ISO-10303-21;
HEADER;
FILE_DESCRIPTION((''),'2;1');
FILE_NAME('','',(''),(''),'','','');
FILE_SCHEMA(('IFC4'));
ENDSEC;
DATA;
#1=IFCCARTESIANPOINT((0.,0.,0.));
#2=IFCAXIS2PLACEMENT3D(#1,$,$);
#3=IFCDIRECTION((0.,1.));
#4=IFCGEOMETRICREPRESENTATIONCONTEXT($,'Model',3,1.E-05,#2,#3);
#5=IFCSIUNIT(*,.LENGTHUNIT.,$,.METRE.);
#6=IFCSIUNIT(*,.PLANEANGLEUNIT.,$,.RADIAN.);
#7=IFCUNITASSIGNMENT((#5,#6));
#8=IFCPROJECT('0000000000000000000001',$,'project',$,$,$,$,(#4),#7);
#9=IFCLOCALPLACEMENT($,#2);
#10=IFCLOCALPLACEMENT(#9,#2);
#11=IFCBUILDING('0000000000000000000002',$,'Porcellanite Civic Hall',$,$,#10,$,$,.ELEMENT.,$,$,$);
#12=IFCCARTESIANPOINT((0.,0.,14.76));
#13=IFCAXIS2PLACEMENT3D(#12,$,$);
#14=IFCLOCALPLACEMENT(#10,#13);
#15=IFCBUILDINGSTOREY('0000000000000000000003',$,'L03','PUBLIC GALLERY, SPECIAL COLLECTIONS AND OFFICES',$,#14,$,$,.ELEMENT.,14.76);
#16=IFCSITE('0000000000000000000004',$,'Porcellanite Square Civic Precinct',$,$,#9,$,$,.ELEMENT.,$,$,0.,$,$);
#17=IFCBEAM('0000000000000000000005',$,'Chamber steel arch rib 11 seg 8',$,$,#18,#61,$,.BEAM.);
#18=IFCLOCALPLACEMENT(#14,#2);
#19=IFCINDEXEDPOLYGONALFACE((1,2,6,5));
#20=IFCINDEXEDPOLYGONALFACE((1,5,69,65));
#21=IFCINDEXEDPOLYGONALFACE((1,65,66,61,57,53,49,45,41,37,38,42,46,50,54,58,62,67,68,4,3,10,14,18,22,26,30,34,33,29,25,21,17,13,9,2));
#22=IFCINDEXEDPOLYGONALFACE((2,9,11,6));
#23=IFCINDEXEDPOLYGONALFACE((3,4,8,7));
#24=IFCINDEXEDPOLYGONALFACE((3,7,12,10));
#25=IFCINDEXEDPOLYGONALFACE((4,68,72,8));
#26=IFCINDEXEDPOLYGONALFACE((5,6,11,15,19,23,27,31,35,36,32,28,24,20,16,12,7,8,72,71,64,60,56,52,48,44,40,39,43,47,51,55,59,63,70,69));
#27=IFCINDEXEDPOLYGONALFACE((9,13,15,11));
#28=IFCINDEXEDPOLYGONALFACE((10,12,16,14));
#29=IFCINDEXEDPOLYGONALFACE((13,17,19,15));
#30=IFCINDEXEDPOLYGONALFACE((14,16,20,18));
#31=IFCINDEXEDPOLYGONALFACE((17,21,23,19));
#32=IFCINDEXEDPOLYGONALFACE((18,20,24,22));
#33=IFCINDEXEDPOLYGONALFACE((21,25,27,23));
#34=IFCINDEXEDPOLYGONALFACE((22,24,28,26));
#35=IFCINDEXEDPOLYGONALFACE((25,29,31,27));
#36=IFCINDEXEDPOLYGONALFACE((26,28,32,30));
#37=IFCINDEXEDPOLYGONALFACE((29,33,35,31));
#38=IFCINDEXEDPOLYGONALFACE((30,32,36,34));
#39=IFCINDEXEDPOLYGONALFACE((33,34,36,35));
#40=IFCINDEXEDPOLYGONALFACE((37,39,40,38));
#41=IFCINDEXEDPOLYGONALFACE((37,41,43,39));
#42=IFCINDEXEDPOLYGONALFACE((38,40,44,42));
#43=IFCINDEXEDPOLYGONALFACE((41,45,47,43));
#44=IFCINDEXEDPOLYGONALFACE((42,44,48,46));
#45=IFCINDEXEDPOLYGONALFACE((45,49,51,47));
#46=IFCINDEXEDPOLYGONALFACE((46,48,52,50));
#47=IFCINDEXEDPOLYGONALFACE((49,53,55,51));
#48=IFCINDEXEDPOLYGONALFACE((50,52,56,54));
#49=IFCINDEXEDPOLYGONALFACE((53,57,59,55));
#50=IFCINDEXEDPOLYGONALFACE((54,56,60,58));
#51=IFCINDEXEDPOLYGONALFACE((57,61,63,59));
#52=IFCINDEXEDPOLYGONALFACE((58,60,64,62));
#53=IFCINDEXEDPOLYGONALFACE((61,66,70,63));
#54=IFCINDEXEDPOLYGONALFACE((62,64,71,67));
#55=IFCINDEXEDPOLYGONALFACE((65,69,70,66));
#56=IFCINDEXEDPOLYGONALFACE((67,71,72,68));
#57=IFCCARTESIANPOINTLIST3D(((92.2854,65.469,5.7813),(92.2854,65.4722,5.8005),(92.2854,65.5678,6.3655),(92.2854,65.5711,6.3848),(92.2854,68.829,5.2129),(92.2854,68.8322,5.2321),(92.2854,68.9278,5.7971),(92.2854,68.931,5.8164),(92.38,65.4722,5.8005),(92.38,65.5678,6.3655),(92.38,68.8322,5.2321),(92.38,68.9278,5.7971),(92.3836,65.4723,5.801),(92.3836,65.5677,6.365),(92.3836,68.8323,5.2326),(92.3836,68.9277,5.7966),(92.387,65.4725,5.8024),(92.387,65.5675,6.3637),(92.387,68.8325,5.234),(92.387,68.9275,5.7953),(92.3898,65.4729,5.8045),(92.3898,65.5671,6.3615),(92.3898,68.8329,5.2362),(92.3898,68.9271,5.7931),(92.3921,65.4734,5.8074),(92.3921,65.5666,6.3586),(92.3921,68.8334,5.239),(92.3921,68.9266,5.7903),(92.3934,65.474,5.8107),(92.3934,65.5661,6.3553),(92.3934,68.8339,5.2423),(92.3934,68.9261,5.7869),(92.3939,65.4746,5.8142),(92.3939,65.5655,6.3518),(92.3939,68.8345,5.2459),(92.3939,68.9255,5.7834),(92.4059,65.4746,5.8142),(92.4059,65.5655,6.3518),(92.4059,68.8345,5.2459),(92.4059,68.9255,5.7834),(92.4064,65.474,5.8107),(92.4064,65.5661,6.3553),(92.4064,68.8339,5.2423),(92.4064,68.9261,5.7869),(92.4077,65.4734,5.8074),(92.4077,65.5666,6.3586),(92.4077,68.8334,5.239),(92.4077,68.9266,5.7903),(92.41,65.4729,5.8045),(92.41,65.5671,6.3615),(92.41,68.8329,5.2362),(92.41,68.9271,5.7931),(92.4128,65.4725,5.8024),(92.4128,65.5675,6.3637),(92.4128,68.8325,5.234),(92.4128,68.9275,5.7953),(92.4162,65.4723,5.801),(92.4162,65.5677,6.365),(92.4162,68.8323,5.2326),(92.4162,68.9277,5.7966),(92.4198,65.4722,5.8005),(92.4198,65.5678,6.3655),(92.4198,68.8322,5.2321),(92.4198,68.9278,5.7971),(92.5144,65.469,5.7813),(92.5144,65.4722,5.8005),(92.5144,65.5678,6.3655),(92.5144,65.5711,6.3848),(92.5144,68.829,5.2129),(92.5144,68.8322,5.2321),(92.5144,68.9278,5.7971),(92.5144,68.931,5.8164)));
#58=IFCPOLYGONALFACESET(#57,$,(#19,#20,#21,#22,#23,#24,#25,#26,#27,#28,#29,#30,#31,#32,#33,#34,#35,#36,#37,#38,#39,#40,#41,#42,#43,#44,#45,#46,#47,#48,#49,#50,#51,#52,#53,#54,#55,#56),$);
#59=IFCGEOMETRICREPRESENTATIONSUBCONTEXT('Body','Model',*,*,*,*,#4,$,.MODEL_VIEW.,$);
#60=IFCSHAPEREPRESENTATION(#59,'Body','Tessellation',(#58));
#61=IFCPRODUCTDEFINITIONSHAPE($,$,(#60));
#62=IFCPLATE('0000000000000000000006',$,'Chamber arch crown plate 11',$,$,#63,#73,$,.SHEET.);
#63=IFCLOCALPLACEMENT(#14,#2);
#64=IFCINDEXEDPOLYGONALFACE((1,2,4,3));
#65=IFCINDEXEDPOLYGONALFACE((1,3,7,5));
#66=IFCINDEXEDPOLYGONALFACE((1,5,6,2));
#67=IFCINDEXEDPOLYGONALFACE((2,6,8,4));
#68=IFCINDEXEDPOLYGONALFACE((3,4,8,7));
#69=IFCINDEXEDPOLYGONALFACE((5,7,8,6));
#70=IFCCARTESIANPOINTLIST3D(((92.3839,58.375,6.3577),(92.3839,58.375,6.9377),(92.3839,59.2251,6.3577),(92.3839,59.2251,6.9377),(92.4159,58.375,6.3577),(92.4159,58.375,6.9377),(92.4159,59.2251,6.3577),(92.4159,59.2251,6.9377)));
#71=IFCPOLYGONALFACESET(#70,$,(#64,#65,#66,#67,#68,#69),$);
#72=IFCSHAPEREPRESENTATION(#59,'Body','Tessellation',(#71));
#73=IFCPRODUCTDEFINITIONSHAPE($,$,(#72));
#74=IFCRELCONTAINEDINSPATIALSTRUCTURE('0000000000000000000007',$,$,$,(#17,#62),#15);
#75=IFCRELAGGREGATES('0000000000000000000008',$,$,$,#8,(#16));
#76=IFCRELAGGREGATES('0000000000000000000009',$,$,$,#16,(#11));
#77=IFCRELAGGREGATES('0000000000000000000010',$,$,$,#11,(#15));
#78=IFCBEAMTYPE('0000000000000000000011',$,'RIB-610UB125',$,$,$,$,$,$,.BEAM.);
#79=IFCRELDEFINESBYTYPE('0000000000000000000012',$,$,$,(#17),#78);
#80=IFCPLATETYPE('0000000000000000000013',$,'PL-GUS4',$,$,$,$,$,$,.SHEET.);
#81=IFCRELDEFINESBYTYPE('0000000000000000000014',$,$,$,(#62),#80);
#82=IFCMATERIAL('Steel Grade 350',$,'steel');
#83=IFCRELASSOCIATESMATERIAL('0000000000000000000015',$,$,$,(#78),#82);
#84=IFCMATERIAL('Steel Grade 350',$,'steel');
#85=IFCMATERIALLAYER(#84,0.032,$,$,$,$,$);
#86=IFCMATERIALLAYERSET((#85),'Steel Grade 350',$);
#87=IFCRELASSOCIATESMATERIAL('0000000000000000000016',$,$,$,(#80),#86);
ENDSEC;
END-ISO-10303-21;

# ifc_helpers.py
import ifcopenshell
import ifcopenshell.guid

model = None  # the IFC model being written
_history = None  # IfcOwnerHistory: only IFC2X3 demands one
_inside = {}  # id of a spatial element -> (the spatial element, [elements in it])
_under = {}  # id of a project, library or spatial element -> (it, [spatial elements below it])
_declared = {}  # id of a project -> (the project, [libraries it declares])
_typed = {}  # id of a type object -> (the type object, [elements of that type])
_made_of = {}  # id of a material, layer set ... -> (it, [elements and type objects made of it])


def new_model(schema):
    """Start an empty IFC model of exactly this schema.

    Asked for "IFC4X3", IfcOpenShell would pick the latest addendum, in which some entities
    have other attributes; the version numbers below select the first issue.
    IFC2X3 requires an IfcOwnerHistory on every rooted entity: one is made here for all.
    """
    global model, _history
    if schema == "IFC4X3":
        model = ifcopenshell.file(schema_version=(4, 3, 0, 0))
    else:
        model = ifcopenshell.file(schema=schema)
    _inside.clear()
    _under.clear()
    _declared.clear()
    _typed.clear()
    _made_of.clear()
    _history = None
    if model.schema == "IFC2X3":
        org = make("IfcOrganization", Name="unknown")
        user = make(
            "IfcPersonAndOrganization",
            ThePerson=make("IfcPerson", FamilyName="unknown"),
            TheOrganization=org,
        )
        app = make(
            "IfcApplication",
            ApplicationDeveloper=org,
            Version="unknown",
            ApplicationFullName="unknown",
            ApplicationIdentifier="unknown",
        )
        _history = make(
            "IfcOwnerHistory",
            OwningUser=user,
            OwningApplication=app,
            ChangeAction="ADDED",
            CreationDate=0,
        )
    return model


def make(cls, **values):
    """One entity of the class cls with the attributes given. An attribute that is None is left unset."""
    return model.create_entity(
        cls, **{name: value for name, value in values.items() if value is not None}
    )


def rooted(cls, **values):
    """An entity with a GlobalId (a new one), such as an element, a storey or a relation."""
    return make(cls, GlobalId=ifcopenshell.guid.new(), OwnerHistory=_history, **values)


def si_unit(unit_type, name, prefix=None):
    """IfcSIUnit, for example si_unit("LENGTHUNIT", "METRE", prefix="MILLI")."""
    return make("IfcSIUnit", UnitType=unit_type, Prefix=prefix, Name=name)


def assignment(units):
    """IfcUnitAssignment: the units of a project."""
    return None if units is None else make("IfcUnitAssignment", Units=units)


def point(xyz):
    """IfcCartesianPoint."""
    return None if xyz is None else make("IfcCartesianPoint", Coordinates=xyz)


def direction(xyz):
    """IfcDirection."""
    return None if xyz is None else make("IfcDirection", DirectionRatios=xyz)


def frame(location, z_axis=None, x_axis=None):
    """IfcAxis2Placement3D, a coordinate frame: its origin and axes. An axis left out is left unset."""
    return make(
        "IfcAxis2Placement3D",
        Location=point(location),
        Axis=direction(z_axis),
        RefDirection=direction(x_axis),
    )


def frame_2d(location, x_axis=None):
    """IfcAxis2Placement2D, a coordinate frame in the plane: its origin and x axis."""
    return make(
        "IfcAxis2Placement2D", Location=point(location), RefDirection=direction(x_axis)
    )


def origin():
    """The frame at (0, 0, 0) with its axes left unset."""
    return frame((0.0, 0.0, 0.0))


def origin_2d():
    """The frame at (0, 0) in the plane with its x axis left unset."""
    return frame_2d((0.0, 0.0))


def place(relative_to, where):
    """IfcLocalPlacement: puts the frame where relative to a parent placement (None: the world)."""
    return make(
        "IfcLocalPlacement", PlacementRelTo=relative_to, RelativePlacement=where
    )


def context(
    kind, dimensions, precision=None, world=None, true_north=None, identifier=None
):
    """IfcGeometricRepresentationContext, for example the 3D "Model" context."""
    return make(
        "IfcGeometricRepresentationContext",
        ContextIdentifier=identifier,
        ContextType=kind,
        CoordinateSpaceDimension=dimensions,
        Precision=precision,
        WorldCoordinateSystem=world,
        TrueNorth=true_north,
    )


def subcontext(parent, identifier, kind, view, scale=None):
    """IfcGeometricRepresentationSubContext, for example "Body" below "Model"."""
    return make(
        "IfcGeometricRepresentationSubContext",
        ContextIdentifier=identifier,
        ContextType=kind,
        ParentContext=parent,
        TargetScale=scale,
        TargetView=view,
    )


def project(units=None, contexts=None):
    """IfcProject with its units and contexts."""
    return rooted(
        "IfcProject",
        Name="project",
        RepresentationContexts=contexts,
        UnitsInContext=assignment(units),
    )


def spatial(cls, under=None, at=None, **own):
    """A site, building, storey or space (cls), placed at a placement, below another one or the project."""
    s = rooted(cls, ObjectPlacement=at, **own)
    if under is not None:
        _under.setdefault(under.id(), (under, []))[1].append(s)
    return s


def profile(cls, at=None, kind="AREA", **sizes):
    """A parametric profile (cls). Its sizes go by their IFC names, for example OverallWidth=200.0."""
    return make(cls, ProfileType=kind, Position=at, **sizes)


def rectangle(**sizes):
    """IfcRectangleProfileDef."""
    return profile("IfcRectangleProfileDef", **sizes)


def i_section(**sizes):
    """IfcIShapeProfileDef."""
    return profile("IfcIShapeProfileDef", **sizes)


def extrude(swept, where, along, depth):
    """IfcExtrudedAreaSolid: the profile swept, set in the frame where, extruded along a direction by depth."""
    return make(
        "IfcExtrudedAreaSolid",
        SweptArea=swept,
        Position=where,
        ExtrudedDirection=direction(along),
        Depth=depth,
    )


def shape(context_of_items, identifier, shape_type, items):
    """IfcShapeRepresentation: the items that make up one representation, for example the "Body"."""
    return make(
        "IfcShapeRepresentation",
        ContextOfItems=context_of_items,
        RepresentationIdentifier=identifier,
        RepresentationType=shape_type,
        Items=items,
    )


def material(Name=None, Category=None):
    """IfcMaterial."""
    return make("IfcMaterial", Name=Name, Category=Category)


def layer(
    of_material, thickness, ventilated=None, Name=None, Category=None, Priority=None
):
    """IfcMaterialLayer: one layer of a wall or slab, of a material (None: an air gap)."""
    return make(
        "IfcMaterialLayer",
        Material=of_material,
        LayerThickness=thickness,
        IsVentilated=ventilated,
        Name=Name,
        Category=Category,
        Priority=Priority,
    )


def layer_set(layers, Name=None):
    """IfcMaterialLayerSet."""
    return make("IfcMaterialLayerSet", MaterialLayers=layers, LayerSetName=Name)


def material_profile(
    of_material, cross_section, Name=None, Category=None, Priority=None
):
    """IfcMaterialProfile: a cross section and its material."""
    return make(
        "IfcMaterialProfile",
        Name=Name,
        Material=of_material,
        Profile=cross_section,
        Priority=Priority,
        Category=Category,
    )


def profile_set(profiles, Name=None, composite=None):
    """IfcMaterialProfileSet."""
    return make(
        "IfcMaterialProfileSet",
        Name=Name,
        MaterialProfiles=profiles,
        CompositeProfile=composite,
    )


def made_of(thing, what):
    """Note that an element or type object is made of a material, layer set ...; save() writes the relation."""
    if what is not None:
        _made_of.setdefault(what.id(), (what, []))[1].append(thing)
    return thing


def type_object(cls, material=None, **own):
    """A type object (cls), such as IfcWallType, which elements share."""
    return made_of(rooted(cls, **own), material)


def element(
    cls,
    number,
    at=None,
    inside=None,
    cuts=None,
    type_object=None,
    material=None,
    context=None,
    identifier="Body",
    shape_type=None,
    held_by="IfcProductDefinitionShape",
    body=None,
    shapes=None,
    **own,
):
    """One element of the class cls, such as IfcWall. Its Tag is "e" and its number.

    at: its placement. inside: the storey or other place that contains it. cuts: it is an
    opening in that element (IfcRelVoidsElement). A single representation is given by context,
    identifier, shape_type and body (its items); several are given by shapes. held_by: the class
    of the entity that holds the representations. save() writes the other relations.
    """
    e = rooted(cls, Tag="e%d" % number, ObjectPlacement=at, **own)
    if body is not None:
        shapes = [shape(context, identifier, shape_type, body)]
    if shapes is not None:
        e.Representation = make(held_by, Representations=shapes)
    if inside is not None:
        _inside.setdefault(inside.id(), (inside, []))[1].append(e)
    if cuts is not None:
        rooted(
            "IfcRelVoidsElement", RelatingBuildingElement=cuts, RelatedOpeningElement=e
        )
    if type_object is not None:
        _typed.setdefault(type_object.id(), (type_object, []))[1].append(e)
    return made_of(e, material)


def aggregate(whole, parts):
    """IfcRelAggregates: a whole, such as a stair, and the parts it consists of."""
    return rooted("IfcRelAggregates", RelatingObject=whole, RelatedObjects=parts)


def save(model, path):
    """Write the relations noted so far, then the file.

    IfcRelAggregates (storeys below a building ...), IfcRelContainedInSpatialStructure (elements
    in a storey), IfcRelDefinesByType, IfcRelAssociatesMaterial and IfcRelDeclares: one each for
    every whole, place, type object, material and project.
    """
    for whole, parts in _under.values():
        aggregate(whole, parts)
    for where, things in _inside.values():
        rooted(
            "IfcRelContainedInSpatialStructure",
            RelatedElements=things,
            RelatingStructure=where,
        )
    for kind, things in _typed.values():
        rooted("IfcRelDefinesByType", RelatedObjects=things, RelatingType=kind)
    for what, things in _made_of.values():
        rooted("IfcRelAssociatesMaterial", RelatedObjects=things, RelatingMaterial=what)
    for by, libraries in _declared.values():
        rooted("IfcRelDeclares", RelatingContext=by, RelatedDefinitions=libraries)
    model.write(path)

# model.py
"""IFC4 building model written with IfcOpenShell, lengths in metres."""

from ifc_helpers import new_model, si_unit, direction, frame, origin, origin_2d, place, context, subcontext, project, spatial, rectangle, i_section, extrude, material, layer, layer_set, material_profile, profile_set, type_object, element, save


model = new_model("IFC4")

# Units and contexts
model_context = context("Model", 3, precision=1e-05, world=origin(), true_north=direction((0.0, 1.0)))
body_context = subcontext(model_context, "Body", "Model", "MODEL_VIEW")
ifc_project = project(units=[si_unit("LENGTHUNIT", "METRE"), si_unit("PLANEANGLEUNIT", "RADIAN")], contexts=[model_context])

# Site, building, storey
site_placement = place(None, origin())
site = spatial("IfcSite", under=ifc_project, at=site_placement, Name="Porcellanite Square Civic Precinct", CompositionType="ELEMENT", RefElevation=0.0)
building_placement = place(site_placement, origin())
building = spatial("IfcBuilding", under=site, at=building_placement, Name="Porcellanite Civic Hall", CompositionType="ELEMENT")
storey_placement = place(building_placement, frame((0.0, 0.0, 14.76)))
storey = spatial("IfcBuildingStorey", under=building, at=storey_placement, Name="L03", Description="PUBLIC GALLERY, SPECIAL COLLECTIONS AND OFFICES", CompositionType="ELEMENT", Elevation=14.76)

# Beam
ifc_material_1 = material(Name="Steel Grade 350", Category="steel")
ifc_material_profile_1 = material_profile(ifc_material_1, i_section(OverallWidth=0.229, OverallDepth=0.6121, WebThickness=0.012, FlangeThickness=0.0195, FilletRadius=0.0139, at=origin_2d()), Name="610UB125")
ifc_profile_set_1 = profile_set([ifc_material_profile_1], Name="Steel Grade 350")
beam_type = type_object("IfcBeamType", Name="RIB-610UB125", PredefinedType="BEAM", material=ifc_profile_set_1)
beam_1_placement = place(storey_placement, frame((92.3999, 65.52, 6.083), z_axis=(0.0, 0.985992, -0.166792), x_axis=(-1.0, 0.0, 0.0)))
element("IfcBeam", 1, at=beam_1_placement, inside=storey, type_object=beam_type, Name="Chamber steel arch rib 11 seg 8", PredefinedType="BEAM", context=body_context, shape_type="SweptSolid", body=[
    extrude(i_section(OverallWidth=0.229, OverallDepth=0.6121, WebThickness=0.012, FlangeThickness=0.0195, FilletRadius=0.0139, at=origin_2d()), origin(), (0.0, 0.0, 1.0), 3.4077),
])

# Plate
ifc_material_2 = material(Name="Steel Grade 350", Category="steel")
ifc_layer = layer(ifc_material_2, 0.032)
ifc_layer_set = layer_set([ifc_layer], Name="Steel Grade 350")
plate_type = type_object("IfcPlateType", Name="PL-GUS4", PredefinedType="SHEET", material=ifc_layer_set)
plate_placement = place(storey_placement, frame((92.3999, 58.8, 6.3577), z_axis=(0.0, 0.0, 1.0), x_axis=(1.0, 0.0, 0.0)))
element("IfcPlate", 2, at=plate_placement, inside=storey, type_object=plate_type, Name="Chamber arch crown plate 11", PredefinedType="SHEET", context=body_context, shape_type="SweptSolid", body=[
    extrude(rectangle(XDim=0.032, YDim=0.8501, at=origin_2d()), origin(), (0.0, 0.0, 1.0), 0.5801),
])

save(model, "model.ifc")
